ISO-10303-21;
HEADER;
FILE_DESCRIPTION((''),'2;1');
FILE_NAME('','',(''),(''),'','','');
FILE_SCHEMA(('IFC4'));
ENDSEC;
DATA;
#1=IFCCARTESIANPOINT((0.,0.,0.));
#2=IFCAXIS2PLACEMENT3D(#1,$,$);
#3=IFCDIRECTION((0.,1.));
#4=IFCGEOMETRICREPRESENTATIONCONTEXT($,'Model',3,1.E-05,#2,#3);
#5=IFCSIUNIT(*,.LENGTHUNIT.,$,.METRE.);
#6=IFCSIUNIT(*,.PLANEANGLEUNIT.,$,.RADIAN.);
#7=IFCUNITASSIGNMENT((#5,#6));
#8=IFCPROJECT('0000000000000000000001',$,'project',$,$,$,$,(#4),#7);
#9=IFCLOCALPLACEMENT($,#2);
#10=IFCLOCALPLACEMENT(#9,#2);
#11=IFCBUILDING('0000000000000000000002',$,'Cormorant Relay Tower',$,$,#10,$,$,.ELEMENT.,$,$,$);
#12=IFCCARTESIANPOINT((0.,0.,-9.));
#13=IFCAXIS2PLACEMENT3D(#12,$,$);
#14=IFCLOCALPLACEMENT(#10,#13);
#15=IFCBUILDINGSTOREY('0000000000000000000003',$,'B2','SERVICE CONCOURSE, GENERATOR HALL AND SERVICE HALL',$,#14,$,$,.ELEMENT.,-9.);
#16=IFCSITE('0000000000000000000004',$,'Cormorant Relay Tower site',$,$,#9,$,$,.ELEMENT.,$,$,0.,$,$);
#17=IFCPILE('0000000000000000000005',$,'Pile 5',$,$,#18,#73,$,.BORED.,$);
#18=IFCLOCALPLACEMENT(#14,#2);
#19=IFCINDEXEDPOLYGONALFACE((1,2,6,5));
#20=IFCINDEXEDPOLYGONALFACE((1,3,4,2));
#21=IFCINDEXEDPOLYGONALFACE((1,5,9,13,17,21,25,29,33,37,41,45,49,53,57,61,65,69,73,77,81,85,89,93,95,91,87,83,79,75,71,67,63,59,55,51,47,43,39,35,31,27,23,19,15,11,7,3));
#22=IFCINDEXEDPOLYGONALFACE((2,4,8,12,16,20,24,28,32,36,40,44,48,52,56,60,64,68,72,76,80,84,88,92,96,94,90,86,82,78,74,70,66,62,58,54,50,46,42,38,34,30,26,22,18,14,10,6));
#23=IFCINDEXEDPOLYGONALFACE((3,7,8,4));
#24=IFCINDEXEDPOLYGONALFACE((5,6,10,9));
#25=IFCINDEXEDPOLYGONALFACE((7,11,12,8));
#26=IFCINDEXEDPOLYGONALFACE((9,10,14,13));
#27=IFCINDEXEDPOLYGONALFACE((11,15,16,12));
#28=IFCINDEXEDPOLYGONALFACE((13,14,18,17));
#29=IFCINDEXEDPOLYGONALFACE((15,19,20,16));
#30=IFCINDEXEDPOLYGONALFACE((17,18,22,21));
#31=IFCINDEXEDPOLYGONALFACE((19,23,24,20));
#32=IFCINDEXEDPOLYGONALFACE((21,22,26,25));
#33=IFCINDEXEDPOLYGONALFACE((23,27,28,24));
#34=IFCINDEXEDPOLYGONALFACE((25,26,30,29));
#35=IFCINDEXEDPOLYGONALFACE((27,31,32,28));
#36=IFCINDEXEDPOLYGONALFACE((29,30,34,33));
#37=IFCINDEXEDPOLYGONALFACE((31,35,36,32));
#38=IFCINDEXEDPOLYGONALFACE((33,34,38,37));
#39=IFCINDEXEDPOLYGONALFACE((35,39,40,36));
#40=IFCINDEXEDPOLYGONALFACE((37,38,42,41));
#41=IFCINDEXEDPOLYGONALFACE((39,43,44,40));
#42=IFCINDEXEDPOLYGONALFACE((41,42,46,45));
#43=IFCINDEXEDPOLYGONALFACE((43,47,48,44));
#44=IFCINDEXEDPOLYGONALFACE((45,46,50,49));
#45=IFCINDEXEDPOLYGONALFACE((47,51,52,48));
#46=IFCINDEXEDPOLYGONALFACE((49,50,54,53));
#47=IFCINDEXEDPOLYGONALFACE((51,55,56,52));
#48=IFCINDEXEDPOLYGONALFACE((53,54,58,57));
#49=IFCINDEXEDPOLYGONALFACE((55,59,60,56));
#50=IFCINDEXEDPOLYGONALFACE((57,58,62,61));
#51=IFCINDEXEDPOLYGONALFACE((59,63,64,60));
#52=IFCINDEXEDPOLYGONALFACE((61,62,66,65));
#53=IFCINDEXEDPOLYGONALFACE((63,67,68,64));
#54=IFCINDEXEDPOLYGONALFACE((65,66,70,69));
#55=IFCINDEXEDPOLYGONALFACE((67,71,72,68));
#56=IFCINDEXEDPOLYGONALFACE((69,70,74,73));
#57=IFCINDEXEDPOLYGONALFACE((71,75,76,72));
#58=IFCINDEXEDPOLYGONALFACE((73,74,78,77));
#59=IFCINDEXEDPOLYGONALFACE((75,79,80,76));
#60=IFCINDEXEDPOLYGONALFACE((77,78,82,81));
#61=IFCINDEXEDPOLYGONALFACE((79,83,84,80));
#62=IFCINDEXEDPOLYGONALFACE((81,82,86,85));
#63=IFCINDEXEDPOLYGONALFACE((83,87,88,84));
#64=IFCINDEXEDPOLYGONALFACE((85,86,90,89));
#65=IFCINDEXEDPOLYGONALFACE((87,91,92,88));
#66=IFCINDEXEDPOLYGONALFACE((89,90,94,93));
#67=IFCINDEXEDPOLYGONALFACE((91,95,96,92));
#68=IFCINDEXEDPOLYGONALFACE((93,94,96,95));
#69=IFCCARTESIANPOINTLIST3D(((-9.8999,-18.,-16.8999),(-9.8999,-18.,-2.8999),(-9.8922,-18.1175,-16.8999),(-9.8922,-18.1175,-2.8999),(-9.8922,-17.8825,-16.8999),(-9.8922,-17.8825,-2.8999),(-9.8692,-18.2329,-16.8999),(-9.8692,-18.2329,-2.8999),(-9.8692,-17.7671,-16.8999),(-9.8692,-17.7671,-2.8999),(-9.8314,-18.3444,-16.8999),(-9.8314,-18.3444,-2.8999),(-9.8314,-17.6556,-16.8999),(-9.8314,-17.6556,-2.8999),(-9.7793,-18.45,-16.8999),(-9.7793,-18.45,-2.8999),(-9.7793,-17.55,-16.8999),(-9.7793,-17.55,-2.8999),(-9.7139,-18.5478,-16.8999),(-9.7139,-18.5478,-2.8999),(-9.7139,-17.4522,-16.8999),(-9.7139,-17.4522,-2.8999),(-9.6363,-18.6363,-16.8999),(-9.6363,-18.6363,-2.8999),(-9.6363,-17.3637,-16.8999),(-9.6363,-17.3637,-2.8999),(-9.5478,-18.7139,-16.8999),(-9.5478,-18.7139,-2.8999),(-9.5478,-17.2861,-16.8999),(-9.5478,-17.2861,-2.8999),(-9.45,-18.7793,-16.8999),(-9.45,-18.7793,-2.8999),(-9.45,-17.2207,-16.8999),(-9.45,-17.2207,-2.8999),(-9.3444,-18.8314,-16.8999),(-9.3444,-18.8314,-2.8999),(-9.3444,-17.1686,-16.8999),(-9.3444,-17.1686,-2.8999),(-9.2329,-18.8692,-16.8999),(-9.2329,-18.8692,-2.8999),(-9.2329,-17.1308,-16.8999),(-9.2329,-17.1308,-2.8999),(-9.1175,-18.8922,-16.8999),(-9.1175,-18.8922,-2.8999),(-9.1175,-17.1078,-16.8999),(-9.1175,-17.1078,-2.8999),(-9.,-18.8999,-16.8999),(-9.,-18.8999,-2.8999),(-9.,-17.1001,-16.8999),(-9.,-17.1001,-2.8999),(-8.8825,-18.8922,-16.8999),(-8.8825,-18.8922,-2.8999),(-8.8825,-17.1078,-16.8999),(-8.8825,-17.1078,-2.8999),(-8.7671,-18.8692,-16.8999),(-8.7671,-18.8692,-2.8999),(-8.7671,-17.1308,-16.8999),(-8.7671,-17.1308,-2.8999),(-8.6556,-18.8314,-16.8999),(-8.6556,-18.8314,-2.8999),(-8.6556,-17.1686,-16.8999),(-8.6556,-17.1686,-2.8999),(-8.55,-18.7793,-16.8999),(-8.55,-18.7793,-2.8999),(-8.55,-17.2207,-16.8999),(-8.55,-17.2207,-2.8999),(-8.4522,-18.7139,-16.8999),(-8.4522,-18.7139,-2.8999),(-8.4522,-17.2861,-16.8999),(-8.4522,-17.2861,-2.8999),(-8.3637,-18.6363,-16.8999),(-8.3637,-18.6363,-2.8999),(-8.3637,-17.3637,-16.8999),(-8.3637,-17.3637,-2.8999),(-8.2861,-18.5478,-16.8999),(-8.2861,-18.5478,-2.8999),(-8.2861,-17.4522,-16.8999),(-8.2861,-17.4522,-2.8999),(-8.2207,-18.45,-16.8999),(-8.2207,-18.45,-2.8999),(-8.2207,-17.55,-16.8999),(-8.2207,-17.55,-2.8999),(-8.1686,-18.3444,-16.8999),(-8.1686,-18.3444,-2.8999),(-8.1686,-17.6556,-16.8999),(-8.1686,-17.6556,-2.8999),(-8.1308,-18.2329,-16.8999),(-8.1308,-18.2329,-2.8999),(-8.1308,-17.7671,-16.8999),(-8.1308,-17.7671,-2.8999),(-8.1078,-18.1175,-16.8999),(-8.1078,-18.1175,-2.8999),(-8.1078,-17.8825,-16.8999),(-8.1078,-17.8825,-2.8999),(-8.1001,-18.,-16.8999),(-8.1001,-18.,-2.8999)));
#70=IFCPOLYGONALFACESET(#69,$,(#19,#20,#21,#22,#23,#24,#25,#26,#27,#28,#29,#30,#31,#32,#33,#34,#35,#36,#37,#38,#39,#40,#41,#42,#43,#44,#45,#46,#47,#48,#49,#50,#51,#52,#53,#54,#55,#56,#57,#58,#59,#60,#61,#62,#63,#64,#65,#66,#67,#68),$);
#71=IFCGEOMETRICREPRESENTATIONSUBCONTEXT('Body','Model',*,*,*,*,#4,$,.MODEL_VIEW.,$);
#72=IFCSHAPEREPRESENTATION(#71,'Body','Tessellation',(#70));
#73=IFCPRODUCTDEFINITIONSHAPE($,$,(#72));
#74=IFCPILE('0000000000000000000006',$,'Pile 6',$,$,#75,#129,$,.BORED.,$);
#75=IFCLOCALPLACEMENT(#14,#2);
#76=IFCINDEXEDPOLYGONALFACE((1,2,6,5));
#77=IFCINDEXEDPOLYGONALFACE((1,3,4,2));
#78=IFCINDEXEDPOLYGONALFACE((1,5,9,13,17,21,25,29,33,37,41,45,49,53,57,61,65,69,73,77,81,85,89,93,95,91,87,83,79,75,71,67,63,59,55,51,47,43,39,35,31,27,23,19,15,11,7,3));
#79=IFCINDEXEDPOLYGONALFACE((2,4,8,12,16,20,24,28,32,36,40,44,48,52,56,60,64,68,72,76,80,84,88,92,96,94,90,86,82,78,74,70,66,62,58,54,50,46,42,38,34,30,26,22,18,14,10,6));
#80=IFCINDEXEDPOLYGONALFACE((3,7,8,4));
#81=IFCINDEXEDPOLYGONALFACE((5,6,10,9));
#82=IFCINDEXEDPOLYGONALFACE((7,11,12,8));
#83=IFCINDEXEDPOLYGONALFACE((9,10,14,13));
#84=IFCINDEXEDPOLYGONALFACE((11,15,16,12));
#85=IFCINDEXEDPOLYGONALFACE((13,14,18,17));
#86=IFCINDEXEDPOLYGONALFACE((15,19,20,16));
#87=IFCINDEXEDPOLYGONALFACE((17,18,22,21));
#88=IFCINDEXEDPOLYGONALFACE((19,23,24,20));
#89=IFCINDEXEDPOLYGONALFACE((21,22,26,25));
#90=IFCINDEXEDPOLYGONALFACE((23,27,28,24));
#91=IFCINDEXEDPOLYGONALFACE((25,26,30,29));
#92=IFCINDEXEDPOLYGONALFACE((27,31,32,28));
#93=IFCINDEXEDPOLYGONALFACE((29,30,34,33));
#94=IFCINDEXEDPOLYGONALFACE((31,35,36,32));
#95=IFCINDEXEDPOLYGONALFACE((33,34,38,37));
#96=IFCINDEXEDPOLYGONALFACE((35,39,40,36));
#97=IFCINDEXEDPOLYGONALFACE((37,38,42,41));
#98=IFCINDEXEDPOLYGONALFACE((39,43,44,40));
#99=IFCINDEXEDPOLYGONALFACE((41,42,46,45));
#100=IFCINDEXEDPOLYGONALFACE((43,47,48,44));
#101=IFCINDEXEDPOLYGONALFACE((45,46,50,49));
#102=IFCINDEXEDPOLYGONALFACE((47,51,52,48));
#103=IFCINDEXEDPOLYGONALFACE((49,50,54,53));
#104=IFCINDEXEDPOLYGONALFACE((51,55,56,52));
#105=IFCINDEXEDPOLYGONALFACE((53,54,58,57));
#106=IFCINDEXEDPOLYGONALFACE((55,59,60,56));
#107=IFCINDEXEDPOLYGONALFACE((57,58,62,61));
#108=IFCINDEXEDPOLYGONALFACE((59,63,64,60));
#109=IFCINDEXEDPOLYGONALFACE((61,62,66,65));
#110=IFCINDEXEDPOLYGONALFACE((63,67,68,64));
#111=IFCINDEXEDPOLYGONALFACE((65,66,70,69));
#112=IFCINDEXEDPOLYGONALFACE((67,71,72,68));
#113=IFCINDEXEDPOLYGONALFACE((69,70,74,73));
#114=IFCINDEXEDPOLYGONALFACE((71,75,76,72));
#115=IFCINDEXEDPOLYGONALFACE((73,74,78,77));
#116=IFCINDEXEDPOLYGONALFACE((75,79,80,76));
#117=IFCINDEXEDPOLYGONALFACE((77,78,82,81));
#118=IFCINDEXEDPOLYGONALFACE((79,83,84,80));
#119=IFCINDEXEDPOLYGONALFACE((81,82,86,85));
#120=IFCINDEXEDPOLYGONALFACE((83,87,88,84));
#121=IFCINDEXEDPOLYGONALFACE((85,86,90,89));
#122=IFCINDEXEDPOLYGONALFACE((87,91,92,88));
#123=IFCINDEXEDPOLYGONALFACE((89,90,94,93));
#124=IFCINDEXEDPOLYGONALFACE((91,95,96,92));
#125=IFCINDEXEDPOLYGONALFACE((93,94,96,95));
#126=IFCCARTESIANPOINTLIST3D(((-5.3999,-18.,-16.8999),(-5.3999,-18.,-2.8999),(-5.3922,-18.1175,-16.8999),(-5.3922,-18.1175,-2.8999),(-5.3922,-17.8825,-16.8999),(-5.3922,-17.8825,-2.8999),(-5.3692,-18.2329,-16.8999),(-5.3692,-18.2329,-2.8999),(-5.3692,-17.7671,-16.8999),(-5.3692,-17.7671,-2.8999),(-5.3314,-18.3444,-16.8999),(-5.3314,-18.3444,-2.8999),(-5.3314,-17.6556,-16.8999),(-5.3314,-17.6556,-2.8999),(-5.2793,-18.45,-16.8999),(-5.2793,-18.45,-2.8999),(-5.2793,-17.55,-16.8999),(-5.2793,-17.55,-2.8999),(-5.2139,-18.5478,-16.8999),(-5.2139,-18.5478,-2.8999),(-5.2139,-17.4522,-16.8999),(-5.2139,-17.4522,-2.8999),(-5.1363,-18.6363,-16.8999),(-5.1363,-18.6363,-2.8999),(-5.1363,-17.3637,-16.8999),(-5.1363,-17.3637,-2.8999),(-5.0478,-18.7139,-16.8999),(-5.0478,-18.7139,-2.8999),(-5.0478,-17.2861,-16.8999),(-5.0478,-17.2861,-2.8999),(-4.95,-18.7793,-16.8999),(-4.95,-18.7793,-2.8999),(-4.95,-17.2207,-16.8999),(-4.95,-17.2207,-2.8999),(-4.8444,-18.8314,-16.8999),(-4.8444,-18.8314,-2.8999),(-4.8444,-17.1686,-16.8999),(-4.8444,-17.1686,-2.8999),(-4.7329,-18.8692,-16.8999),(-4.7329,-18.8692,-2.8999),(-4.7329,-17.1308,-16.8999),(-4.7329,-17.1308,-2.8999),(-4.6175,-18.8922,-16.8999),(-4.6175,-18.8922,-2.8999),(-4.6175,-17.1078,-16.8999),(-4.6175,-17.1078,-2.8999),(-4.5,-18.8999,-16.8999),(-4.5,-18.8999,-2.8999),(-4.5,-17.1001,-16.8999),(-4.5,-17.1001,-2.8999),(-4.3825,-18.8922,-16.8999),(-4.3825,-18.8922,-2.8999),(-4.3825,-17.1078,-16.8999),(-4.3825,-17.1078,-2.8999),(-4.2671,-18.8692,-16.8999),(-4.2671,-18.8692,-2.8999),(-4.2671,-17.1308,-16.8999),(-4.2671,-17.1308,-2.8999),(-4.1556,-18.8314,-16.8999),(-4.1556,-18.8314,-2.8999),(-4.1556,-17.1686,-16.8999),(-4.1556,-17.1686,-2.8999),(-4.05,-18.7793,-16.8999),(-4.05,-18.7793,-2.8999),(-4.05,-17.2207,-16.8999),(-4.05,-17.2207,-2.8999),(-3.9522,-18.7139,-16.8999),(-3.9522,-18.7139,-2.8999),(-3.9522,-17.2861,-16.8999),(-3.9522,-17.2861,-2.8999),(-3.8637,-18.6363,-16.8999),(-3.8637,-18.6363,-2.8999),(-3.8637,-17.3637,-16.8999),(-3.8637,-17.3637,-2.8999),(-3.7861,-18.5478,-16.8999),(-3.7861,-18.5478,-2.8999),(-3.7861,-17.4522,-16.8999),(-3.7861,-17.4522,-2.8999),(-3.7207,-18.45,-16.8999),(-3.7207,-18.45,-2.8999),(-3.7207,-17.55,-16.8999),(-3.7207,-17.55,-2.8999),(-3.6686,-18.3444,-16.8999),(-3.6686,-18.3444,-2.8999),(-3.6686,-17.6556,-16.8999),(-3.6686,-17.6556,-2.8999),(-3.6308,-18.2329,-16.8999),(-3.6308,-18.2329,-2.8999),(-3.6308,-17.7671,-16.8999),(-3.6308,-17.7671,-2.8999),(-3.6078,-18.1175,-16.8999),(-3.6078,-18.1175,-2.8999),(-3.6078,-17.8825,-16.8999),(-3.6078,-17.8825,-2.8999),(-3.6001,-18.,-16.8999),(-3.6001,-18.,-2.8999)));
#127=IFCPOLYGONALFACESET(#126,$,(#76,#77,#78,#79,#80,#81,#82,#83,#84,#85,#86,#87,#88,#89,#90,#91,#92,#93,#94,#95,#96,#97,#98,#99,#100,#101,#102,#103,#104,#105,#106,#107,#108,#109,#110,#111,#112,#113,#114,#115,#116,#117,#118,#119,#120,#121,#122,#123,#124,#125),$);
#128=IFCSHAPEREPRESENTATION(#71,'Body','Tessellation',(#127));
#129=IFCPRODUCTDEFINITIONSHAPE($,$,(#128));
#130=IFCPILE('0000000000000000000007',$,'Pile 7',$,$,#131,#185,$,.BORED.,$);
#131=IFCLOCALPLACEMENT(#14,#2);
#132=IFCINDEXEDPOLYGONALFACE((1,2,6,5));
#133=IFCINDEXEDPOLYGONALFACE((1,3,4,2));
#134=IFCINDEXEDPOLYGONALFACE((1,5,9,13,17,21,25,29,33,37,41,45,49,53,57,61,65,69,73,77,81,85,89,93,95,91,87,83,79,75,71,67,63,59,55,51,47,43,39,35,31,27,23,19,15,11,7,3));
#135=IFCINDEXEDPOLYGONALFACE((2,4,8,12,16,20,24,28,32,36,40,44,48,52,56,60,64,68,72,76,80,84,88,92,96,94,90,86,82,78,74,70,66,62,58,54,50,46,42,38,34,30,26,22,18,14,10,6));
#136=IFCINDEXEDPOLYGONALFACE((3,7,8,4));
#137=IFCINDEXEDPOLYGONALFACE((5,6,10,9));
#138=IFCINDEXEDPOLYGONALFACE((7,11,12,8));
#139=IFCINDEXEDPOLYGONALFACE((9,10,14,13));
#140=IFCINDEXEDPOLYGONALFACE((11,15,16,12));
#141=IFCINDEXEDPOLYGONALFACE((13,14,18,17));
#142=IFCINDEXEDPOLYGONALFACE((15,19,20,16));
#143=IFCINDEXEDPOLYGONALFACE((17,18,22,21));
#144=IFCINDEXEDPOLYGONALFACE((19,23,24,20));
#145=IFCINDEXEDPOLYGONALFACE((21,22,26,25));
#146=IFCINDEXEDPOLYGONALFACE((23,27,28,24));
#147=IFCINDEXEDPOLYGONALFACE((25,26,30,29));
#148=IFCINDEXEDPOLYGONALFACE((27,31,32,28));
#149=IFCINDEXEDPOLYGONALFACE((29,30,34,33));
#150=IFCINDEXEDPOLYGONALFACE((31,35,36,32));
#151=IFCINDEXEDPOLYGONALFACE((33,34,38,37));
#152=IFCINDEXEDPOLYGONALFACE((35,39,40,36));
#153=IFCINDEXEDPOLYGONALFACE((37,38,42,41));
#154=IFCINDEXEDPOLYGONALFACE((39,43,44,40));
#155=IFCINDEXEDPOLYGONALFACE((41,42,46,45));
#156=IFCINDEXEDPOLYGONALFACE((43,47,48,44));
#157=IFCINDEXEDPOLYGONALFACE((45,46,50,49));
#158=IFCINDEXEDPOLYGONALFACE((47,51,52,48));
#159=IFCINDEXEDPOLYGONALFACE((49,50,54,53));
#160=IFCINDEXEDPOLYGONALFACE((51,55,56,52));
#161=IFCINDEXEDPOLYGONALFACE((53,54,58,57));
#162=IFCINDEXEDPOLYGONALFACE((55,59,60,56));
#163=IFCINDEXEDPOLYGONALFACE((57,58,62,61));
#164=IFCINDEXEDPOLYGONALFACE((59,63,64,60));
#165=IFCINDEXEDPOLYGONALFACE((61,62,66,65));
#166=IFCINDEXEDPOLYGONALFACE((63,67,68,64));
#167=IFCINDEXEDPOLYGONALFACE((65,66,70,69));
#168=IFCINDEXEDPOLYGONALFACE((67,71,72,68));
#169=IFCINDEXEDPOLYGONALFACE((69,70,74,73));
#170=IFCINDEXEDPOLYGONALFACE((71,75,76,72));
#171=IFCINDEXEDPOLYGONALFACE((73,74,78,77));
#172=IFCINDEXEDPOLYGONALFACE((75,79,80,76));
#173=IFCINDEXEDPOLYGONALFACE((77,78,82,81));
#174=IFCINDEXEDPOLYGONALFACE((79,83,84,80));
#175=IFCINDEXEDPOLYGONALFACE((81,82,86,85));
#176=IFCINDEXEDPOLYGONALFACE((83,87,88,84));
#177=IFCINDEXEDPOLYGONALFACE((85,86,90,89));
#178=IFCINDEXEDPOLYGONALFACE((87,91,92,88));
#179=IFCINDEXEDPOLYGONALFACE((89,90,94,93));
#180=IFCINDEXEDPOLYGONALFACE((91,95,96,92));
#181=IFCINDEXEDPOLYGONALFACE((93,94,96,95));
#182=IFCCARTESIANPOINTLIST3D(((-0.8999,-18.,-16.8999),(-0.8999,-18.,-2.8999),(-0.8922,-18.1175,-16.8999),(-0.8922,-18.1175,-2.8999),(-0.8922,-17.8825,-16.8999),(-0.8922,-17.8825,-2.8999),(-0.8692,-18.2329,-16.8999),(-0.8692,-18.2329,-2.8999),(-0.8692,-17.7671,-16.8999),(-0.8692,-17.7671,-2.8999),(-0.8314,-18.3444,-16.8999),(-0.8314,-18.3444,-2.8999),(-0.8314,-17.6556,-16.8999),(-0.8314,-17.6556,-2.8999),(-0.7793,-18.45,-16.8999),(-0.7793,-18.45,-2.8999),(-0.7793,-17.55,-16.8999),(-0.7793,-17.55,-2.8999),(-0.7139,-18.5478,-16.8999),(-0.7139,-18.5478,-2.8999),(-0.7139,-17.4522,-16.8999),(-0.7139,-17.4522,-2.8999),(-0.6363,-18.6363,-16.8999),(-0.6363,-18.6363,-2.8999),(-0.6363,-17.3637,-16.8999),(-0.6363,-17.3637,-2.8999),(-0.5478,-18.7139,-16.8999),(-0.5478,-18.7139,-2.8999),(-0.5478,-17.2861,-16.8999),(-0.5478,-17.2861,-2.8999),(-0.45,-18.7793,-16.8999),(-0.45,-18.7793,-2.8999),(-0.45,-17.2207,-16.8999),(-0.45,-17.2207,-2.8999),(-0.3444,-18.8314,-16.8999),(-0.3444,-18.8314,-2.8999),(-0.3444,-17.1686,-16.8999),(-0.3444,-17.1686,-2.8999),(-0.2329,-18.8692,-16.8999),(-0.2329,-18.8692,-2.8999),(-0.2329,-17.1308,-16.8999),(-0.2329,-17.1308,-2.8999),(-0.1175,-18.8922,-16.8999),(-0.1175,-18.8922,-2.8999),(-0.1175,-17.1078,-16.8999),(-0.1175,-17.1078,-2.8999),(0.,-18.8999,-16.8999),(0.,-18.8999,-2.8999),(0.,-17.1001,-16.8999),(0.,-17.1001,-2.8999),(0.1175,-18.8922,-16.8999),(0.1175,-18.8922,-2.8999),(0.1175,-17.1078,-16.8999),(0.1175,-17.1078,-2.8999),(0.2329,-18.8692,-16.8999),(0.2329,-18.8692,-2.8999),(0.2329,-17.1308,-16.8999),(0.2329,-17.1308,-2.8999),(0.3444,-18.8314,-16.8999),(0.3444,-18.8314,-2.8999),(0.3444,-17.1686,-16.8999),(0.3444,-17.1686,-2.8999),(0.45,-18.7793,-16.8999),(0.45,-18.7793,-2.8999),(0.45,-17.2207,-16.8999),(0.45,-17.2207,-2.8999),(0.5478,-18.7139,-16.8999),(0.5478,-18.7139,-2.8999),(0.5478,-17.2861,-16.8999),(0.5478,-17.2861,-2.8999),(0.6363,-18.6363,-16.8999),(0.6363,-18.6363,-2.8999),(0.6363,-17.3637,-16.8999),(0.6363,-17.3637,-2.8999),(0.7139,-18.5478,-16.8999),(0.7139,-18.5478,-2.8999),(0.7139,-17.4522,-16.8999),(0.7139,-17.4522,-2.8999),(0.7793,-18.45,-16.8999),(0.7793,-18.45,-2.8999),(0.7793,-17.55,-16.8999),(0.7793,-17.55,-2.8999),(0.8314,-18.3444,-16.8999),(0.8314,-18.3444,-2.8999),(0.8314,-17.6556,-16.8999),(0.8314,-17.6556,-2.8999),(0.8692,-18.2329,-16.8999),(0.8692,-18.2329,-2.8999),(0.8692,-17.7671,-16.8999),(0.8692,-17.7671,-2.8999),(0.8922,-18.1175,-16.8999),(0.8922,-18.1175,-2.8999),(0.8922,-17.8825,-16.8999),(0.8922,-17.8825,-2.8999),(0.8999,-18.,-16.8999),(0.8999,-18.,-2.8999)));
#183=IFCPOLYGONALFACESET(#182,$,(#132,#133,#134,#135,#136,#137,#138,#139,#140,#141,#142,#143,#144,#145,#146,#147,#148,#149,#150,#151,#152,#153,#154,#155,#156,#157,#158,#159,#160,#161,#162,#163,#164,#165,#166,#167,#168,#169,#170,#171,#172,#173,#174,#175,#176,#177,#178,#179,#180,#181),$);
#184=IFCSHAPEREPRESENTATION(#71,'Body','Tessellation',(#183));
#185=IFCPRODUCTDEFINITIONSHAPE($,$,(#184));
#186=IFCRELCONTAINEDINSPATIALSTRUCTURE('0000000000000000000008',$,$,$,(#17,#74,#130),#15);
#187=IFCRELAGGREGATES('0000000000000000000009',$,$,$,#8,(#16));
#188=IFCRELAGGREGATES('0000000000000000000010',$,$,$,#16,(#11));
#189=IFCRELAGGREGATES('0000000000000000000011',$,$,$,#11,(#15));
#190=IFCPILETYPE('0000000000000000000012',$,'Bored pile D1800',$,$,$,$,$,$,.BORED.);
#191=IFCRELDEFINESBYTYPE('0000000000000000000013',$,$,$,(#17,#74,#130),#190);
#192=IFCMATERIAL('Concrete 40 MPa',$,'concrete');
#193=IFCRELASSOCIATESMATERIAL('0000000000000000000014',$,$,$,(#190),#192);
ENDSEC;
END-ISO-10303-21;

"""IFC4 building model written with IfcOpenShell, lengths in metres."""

from ifc_helpers import new_model, si_unit, direction, frame, origin, origin_2d, place, context, subcontext, project, spatial, circle, extrude, material, material_profile, profile_set, type_object, element, save


model = new_model("IFC4")

# Units and contexts
model_context = context("Model", 3, precision=1e-05, world=origin(), true_north=direction((0.0, 1.0)))
body_context = subcontext(model_context, "Body", "Model", "MODEL_VIEW")
ifc_project = project(units=[si_unit("LENGTHUNIT", "METRE"), si_unit("PLANEANGLEUNIT", "RADIAN")], contexts=[model_context])

# Site, building, storey
site_placement = place(None, origin())
site = spatial("IfcSite", under=ifc_project, at=site_placement, Name="Cormorant Relay Tower site", CompositionType="ELEMENT", RefElevation=0.0)
building_placement = place(site_placement, origin())
building = spatial("IfcBuilding", under=site, at=building_placement, Name="Cormorant Relay Tower", CompositionType="ELEMENT")
storey_placement = place(building_placement, frame((0.0, 0.0, -9.0)))
storey = spatial("IfcBuildingStorey", under=building, at=storey_placement, Name="B2", Description="SERVICE CONCOURSE, GENERATOR HALL AND SERVICE HALL", CompositionType="ELEMENT", Elevation=-9.0)

# Piles
ifc_material_1 = material(Name="Concrete 40 MPa", Category="concrete")
ifc_material_profile_1 = material_profile(ifc_material_1, circle(Radius=0.8999, at=origin_2d()), Name="BP1800")
ifc_profile_set_1 = profile_set([ifc_material_profile_1], Name="Concrete 40 MPa")
pile_type = type_object("IfcPileType", Name="Bored pile D1800", PredefinedType="BORED", material=ifc_profile_set_1)
for number, where, z_axis, x_axis, name in (
    (1, (-9.0, -18.0, -2.8999), (0.0, 0.0, -1.0), (1.0, 0.0, 0.0), "Pile 5"),
    (2, (-4.5, -18.0, -2.8999), (0.0, 0.0, -1.0), (1.0, 0.0, 0.0), "Pile 6"),
    (3, (0.0, -18.0, -2.8999), (0.0, 0.0, -1.0), (1.0, 0.0, 0.0), "Pile 7"),
):
    element("IfcPile", number, at=place(storey_placement, frame(where, z_axis=z_axis, x_axis=x_axis)), inside=storey, type_object=pile_type, Name=name, PredefinedType="BORED", context=body_context, shape_type="SweptSolid", body=[
        extrude(circle(Radius=0.8999, at=origin_2d()), origin(), (0.0, 0.0, 1.0), 14.0),
    ])

save(model, "model.ifc")
